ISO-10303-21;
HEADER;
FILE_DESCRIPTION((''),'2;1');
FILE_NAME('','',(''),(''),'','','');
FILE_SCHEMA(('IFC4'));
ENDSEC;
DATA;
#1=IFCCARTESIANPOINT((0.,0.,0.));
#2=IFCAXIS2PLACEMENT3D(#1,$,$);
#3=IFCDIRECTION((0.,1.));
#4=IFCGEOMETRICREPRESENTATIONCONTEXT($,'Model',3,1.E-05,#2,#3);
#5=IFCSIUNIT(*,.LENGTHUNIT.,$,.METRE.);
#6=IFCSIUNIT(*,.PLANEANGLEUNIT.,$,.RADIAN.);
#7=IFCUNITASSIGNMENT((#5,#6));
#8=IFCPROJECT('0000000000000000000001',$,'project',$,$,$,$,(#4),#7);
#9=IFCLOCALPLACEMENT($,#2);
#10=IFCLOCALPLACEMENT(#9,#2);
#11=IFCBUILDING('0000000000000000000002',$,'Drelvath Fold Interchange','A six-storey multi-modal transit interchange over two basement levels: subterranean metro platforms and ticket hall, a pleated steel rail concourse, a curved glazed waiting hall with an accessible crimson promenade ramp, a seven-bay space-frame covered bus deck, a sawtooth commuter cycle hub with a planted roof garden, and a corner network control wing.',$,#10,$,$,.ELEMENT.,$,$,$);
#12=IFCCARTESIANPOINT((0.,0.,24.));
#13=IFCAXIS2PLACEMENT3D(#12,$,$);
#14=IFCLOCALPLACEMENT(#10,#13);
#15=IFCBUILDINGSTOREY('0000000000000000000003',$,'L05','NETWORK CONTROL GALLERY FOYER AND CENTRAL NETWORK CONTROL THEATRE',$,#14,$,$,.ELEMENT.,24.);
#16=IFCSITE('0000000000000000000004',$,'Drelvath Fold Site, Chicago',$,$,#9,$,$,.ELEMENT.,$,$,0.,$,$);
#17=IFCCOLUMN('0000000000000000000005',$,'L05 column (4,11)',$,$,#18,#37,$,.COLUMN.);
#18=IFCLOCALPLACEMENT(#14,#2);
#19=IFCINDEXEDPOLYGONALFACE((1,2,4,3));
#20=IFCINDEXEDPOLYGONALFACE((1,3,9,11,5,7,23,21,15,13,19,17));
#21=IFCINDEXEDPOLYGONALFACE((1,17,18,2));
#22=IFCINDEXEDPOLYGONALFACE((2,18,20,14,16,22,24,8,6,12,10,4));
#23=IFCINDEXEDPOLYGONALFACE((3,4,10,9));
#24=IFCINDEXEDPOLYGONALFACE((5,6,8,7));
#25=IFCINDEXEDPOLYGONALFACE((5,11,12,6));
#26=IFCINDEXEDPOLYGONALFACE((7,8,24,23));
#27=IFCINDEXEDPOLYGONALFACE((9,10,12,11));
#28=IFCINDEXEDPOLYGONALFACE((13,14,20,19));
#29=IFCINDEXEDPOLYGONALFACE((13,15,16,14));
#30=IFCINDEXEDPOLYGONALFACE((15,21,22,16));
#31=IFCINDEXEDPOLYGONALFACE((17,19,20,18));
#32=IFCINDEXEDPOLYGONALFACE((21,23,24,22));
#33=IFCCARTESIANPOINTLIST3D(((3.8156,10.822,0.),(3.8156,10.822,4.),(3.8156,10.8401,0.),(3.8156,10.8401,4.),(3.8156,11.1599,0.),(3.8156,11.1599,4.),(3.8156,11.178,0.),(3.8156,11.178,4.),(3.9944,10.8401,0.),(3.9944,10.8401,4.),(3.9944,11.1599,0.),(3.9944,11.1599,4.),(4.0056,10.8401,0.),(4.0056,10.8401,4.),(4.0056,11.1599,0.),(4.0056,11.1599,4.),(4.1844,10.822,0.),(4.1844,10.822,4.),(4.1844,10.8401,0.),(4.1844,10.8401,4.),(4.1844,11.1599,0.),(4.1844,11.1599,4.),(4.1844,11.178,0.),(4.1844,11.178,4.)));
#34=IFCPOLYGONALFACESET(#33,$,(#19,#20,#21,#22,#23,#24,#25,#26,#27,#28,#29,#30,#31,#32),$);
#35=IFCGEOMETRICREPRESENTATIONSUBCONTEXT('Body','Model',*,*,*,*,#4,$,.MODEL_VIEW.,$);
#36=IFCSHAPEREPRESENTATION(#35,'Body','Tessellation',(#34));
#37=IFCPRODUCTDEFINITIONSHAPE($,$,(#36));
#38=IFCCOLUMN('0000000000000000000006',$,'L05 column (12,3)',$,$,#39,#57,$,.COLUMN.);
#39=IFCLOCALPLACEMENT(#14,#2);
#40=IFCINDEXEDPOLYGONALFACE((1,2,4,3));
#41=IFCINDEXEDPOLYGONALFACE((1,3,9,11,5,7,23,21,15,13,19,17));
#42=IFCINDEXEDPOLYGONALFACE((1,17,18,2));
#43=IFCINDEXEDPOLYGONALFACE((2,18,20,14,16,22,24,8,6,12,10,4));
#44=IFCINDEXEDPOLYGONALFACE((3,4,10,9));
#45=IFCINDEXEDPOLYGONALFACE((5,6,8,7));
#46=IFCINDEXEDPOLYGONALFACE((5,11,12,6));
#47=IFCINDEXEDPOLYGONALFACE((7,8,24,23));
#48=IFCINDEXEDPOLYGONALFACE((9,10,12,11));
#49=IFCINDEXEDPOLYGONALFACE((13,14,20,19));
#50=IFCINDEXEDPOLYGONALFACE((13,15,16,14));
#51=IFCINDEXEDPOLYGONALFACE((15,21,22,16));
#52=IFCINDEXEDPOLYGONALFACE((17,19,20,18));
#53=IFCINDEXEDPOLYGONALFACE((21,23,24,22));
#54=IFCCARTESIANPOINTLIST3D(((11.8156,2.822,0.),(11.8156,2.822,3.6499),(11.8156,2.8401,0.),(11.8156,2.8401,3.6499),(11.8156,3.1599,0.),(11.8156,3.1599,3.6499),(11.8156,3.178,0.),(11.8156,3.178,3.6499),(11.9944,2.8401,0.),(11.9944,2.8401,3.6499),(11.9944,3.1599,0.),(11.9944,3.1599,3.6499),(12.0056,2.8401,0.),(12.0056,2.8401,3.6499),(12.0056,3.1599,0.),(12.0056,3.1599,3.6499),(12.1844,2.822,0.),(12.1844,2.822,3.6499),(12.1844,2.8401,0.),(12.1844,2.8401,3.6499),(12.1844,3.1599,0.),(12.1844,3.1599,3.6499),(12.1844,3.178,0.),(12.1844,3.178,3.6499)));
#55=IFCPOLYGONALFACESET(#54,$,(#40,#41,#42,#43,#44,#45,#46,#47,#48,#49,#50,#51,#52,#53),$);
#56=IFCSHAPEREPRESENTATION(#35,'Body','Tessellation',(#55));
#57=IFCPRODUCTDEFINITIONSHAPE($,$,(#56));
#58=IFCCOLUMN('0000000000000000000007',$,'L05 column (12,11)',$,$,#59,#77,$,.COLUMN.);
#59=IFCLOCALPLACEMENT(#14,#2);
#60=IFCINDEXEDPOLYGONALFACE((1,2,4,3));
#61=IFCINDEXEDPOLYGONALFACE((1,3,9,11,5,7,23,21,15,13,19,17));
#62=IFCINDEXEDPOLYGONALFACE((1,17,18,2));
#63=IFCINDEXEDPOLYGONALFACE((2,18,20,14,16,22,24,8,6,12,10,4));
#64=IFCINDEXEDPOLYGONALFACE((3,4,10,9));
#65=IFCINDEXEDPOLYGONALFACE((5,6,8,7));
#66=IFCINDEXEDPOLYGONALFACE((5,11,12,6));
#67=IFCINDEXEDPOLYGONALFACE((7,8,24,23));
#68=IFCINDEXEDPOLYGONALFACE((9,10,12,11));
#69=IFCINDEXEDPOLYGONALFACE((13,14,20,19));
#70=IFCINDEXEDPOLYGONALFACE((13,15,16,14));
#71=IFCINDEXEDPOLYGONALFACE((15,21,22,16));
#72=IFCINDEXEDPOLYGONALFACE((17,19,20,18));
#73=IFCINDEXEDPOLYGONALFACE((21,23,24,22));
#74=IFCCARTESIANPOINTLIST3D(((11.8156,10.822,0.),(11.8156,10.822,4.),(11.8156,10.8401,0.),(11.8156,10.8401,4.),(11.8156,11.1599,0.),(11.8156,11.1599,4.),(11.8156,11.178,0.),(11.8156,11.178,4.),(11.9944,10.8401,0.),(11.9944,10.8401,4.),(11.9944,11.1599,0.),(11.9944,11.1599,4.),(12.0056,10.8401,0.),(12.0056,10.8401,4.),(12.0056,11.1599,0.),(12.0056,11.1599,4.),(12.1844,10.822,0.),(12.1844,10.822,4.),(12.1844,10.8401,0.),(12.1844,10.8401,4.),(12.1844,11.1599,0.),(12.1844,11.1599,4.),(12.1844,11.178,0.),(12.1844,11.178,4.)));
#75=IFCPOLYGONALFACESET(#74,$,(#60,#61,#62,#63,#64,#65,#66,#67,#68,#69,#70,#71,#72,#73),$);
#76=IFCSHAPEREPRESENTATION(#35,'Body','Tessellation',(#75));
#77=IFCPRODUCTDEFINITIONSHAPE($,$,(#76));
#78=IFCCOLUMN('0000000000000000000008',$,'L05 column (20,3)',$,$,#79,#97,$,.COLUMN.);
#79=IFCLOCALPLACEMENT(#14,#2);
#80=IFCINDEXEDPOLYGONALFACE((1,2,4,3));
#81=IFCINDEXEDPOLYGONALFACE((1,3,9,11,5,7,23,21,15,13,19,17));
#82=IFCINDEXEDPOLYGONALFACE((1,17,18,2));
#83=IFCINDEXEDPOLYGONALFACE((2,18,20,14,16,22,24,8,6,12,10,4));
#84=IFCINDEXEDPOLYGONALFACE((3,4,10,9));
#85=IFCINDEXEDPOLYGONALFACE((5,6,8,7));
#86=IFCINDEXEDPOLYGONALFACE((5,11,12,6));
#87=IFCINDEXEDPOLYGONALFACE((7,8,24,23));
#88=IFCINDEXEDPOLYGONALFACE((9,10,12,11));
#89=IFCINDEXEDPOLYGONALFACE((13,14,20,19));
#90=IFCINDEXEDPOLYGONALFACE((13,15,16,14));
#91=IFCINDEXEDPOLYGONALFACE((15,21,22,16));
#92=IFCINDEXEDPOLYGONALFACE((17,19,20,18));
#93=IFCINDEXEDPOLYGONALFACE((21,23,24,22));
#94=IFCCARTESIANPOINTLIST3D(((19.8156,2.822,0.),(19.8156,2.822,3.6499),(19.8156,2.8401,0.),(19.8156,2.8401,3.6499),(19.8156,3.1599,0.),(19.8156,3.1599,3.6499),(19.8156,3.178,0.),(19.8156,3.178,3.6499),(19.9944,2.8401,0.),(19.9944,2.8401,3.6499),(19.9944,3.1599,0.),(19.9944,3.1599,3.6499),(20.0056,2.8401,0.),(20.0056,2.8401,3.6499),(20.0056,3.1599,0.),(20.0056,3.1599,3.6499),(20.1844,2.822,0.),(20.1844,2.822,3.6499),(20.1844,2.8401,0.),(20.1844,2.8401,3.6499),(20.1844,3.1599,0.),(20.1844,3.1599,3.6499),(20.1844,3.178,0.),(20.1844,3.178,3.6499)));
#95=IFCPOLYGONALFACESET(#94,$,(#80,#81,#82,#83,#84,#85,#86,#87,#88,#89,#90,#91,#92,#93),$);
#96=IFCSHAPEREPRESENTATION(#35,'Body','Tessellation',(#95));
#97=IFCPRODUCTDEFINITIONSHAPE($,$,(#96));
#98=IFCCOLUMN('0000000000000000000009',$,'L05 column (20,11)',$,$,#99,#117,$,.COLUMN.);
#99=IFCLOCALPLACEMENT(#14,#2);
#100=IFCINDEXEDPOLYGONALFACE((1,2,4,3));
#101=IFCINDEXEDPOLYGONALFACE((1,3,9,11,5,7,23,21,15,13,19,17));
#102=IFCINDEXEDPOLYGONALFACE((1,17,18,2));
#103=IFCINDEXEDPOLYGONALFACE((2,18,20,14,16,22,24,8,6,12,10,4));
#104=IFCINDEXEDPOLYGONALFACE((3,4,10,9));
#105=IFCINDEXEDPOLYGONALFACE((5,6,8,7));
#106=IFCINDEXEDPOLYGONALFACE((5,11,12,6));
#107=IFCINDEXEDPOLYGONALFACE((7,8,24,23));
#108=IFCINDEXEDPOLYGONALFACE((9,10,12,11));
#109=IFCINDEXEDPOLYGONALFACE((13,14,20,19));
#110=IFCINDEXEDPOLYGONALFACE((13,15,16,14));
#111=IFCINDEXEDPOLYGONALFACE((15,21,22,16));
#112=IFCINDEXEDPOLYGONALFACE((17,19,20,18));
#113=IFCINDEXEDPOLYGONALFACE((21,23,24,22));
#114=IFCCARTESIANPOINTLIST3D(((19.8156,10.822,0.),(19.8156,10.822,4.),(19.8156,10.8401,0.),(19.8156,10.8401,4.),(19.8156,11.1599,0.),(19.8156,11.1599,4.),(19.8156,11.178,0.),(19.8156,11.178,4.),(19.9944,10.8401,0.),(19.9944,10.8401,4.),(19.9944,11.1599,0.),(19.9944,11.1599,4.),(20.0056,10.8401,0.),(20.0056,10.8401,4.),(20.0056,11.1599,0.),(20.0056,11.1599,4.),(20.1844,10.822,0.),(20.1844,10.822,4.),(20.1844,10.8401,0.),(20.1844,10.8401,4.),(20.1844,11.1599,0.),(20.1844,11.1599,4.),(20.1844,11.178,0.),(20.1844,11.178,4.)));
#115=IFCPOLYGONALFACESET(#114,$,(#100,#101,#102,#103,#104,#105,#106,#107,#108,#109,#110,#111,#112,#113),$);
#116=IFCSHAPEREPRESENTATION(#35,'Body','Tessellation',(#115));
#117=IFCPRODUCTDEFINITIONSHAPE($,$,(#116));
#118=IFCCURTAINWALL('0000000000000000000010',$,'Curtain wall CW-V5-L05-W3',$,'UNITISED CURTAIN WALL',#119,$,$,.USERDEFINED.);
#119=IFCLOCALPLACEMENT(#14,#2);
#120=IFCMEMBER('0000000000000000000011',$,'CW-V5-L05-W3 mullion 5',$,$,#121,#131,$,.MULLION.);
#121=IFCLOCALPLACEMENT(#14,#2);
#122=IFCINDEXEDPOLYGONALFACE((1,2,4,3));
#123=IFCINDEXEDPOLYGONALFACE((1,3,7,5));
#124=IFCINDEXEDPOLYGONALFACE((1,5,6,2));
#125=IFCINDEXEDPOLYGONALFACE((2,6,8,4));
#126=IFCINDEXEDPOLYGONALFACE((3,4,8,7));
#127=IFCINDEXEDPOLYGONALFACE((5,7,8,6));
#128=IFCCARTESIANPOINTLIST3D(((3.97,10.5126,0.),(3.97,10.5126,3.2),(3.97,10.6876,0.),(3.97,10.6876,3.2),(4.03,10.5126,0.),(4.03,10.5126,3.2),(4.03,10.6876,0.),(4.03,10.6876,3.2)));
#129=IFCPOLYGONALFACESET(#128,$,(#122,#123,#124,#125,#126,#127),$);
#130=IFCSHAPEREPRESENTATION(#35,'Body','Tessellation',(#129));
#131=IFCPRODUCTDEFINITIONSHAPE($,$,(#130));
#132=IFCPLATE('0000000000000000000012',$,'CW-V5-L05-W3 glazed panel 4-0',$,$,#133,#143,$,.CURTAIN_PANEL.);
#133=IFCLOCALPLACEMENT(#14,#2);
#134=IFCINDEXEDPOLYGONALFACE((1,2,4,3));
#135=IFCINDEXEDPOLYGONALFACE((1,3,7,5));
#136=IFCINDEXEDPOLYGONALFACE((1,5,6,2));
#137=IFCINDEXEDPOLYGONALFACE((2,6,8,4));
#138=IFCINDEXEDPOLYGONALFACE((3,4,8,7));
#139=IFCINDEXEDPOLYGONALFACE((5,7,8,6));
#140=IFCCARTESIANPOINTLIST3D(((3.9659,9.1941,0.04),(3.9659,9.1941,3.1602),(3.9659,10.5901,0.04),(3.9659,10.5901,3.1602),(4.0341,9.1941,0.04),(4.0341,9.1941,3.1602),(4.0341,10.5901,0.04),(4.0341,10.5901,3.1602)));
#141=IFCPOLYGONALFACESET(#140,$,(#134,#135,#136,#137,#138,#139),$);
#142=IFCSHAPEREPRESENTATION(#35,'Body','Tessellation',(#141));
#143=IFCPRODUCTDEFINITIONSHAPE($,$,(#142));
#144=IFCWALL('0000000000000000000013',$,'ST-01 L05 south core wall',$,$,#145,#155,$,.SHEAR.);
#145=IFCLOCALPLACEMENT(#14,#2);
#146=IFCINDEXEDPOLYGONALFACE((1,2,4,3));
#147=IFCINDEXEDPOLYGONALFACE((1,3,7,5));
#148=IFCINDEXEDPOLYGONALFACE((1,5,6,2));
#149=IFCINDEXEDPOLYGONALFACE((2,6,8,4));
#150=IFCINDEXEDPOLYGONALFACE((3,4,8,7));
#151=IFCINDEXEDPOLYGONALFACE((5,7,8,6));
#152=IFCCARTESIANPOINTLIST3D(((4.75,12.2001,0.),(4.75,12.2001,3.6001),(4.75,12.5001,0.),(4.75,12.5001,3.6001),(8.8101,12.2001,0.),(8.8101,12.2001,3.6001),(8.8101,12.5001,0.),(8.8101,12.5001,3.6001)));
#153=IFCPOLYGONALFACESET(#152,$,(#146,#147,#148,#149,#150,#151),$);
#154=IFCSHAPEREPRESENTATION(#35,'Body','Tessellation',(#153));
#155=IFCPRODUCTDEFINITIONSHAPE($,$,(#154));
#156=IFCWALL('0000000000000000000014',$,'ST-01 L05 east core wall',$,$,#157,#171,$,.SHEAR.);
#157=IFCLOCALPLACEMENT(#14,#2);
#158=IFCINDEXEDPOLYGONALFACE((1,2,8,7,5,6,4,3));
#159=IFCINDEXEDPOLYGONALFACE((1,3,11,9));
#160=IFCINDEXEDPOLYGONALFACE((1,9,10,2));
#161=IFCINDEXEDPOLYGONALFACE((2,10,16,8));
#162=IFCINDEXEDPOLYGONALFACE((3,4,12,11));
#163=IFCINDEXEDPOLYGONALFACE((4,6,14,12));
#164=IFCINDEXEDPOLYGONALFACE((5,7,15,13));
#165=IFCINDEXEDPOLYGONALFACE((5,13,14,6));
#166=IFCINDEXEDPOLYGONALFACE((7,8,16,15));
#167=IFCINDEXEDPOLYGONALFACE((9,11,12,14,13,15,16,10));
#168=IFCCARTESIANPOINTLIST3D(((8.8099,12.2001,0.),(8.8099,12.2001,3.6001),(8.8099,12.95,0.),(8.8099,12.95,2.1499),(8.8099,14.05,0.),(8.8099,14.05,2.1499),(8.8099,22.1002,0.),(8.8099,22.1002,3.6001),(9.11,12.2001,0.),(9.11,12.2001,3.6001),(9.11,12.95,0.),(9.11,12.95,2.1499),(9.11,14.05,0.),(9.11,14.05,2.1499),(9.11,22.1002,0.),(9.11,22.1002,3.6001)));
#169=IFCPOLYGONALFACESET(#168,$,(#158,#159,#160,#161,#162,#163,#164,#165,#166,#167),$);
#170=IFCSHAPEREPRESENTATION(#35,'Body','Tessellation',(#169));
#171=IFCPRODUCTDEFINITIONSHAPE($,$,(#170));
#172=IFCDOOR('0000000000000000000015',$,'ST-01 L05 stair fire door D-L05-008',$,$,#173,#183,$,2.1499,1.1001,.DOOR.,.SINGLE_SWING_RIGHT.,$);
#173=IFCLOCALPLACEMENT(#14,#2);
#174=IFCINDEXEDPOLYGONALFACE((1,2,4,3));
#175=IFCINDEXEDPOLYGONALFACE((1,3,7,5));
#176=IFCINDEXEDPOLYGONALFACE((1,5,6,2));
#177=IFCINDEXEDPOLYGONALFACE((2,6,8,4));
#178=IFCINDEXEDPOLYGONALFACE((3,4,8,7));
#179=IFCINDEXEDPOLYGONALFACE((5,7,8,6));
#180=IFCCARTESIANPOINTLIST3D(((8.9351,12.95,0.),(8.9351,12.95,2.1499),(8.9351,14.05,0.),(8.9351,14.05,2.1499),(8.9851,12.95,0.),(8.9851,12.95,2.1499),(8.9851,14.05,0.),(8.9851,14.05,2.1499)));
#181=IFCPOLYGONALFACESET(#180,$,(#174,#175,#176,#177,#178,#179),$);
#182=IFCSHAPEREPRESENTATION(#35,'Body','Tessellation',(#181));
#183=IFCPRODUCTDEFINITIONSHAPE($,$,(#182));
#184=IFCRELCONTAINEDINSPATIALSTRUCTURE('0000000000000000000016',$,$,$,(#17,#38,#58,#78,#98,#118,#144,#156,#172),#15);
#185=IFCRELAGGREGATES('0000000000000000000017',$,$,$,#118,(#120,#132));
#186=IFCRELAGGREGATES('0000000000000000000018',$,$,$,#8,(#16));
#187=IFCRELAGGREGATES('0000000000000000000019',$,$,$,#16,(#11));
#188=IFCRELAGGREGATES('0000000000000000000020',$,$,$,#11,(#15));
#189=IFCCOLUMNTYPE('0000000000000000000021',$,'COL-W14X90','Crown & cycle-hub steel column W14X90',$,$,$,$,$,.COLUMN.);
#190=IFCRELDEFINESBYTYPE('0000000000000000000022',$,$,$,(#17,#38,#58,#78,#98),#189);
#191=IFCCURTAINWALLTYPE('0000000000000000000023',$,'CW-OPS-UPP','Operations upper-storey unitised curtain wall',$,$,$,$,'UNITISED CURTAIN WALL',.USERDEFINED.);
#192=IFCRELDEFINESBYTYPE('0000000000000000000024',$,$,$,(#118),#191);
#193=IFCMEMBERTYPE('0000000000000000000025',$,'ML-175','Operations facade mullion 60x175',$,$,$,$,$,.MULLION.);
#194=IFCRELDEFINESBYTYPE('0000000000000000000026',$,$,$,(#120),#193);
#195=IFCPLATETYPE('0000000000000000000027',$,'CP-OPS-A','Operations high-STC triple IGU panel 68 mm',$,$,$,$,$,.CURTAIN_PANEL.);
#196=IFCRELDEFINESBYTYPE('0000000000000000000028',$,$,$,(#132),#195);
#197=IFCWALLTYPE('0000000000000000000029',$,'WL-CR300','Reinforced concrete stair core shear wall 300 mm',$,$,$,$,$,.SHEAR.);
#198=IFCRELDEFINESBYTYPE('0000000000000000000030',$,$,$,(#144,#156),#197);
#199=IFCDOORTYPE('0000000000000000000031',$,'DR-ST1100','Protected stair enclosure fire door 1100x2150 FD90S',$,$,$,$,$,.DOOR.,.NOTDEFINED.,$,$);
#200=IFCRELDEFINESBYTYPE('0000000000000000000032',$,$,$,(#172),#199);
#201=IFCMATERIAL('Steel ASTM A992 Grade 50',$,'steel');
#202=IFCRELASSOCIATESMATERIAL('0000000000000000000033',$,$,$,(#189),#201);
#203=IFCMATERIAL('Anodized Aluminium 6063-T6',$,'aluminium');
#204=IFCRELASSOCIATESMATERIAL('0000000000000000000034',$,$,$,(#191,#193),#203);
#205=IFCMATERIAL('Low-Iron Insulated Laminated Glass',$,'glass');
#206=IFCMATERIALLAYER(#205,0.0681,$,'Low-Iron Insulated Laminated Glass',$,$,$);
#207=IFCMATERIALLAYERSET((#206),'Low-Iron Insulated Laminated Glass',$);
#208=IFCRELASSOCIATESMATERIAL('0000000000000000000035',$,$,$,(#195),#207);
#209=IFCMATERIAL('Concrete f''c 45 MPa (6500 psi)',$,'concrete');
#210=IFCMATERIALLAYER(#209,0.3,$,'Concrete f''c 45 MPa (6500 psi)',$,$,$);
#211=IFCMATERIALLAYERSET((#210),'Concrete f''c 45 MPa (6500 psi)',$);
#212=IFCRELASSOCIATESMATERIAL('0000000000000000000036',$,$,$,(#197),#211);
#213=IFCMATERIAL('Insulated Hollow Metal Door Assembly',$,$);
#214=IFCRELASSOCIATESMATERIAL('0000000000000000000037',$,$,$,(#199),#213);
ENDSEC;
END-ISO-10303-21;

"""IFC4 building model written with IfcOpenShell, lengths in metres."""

from ifc_helpers import new_model, si_unit, direction, frame, frame_2d, origin, origin_2d, place, context, subcontext, project, spatial, rectangle, i_section, extrude, material, layer, layer_set, material_profile, profile_set, type_object, element, fill, aggregate, save


model = new_model("IFC4")

# Units and contexts
model_context = context("Model", 3, precision=1e-05, world=origin(), true_north=direction((0.0, 1.0)))
body_context = subcontext(model_context, "Body", "Model", "MODEL_VIEW")
ifc_project = project(units=[si_unit("LENGTHUNIT", "METRE"), si_unit("PLANEANGLEUNIT", "RADIAN")], contexts=[model_context])

# Site, building, storey
site_placement = place(None, origin())
site = spatial("IfcSite", under=ifc_project, at=site_placement, Name="Drelvath Fold Site, Chicago", CompositionType="ELEMENT", RefElevation=0.0)
building_placement = place(site_placement, origin())
building = spatial("IfcBuilding", under=site, at=building_placement, Name="Drelvath Fold Interchange", Description="A six-storey multi-modal transit interchange over two basement levels: subterranean metro platforms and ticket hall, a pleated steel rail concourse, a curved glazed waiting hall with an accessible crimson promenade ramp, a seven-bay space-frame covered bus deck, a sawtooth commuter cycle hub with a planted roof garden, and a corner network control wing.", CompositionType="ELEMENT")
storey_placement = place(building_placement, frame((0.0, 0.0, 24.0)))
storey = spatial("IfcBuildingStorey", under=building, at=storey_placement, Name="L05", Description="NETWORK CONTROL GALLERY FOYER AND CENTRAL NETWORK CONTROL THEATRE", CompositionType="ELEMENT", Elevation=24.0)

# Columns
ifc_material_1 = material(Name="Steel ASTM A992 Grade 50", Category="steel")
ifc_material_profile_1 = material_profile(ifc_material_1, i_section(OverallWidth=0.3689, OverallDepth=0.356, WebThickness=0.0112, FlangeThickness=0.0181, at=origin_2d()), Name="W14X90")
ifc_profile_set_1 = profile_set([ifc_material_profile_1], Name="Steel ASTM A992 Grade 50")
column_type = type_object("IfcColumnType", Name="COL-W14X90", Description="Crown & cycle-hub steel column W14X90", PredefinedType="COLUMN", material=ifc_profile_set_1)
column_1_placement = place(storey_placement, frame((4.0, 11.0, 0.0), z_axis=(0.0, 0.0, 1.0), x_axis=(1.0, 0.0, 0.0)))
element("IfcColumn", 1, at=column_1_placement, inside=storey, type_object=column_type, Name="L05 column (4,11)", PredefinedType="COLUMN", context=body_context, shape_type="SweptSolid", body=[
    extrude(i_section(OverallWidth=0.3689, OverallDepth=0.356, WebThickness=0.0112, FlangeThickness=0.0181, at=origin_2d()), origin(), (0.0, 0.0, 1.0), 4.0),
])
column_2_placement = place(storey_placement, frame((12.0, 3.0, 0.0), z_axis=(0.0, 0.0, 1.0), x_axis=(1.0, 0.0, 0.0)))
element("IfcColumn", 2, at=column_2_placement, inside=storey, type_object=column_type, Name="L05 column (12,3)", PredefinedType="COLUMN", context=body_context, shape_type="SweptSolid", body=[
    extrude(i_section(OverallWidth=0.3689, OverallDepth=0.356, WebThickness=0.0112, FlangeThickness=0.0181, at=origin_2d()), origin(), (0.0, 0.0, 1.0), 3.6499),
])
column_3_placement = place(storey_placement, frame((12.0, 11.0, 0.0), z_axis=(0.0, 0.0, 1.0), x_axis=(1.0, 0.0, 0.0)))
element("IfcColumn", 3, at=column_3_placement, inside=storey, type_object=column_type, Name="L05 column (12,11)", PredefinedType="COLUMN", context=body_context, shape_type="SweptSolid", body=[
    extrude(i_section(OverallWidth=0.3689, OverallDepth=0.356, WebThickness=0.0112, FlangeThickness=0.0181, at=origin_2d()), origin(), (0.0, 0.0, 1.0), 4.0),
])
column_4_placement = place(storey_placement, frame((20.0, 3.0, 0.0), z_axis=(0.0, 0.0, 1.0), x_axis=(1.0, 0.0, 0.0)))
element("IfcColumn", 4, at=column_4_placement, inside=storey, type_object=column_type, Name="L05 column (20,3)", PredefinedType="COLUMN", context=body_context, shape_type="SweptSolid", body=[
    extrude(i_section(OverallWidth=0.3689, OverallDepth=0.356, WebThickness=0.0112, FlangeThickness=0.0181, at=origin_2d()), origin(), (0.0, 0.0, 1.0), 3.6499),
])
column_5_placement = place(storey_placement, frame((20.0, 11.0, 0.0), z_axis=(0.0, 0.0, 1.0), x_axis=(1.0, 0.0, 0.0)))
element("IfcColumn", 5, at=column_5_placement, inside=storey, type_object=column_type, Name="L05 column (20,11)", PredefinedType="COLUMN", context=body_context, shape_type="SweptSolid", body=[
    extrude(i_section(OverallWidth=0.3689, OverallDepth=0.356, WebThickness=0.0112, FlangeThickness=0.0181, at=origin_2d()), origin(), (0.0, 0.0, 1.0), 4.0),
])

# Curtain wall, member, plate
ifc_material_2 = material(Name="Anodized Aluminium 6063-T6", Category="aluminium")
curtain_wall_type = type_object("IfcCurtainWallType", Name="CW-OPS-UPP", Description="Operations upper-storey unitised curtain wall", ElementType="UNITISED CURTAIN WALL", PredefinedType="USERDEFINED", material=ifc_material_2)
curtain_wall_placement = place(storey_placement, origin())
curtain_wall = element("IfcCurtainWall", 6, at=curtain_wall_placement, inside=storey, type_object=curtain_wall_type, Name="Curtain wall CW-V5-L05-W3", ObjectType="UNITISED CURTAIN WALL", PredefinedType="USERDEFINED")
ifc_material_profile_2 = material_profile(ifc_material_2, rectangle(XDim=0.0601, YDim=0.175, at=origin_2d()), Name="AL-M 60x175")
ifc_profile_set_2 = profile_set([ifc_material_profile_2], Name="Anodized Aluminium 6063-T6")
member_type = type_object("IfcMemberType", Name="ML-175", Description="Operations facade mullion 60x175", PredefinedType="MULLION", material=ifc_profile_set_2)
member_placement = place(storey_placement, frame((4.0, 10.6001, 0.0), z_axis=(0.0, 0.0, 1.0), x_axis=(1.0, 0.0, 0.0)))
member = element("IfcMember", 7, at=member_placement, type_object=member_type, Name="CW-V5-L05-W3 mullion 5", PredefinedType="MULLION", context=body_context, shape_type="SweptSolid", body=[
    extrude(rectangle(XDim=0.0601, YDim=0.175, at=origin_2d()), origin(), (0.0, 0.0, 1.0), 3.2),
])
ifc_material_3 = material(Name="Low-Iron Insulated Laminated Glass", Category="glass")
ifc_layer_1 = layer(ifc_material_3, 0.0681, Name="Low-Iron Insulated Laminated Glass")
ifc_layer_set_1 = layer_set([ifc_layer_1], Name="Low-Iron Insulated Laminated Glass")
plate_type = type_object("IfcPlateType", Name="CP-OPS-A", Description="Operations high-STC triple IGU panel 68 mm", PredefinedType="CURTAIN_PANEL", material=ifc_layer_set_1)
plate_placement = place(storey_placement, frame((4.0, 9.8921, 0.04), z_axis=(0.0, 0.0, 1.0), x_axis=(0.0, 1.0, 0.0)))
plate = element("IfcPlate", 8, at=plate_placement, type_object=plate_type, Name="CW-V5-L05-W3 glazed panel 4-0", PredefinedType="CURTAIN_PANEL", context=body_context, shape_type="SweptSolid", body=[
    extrude(rectangle(XDim=1.396, YDim=0.0681, at=origin_2d()), origin(), (0.0, 0.0, 1.0), 3.1201),
])
aggregate(curtain_wall, [member, plate])

# Wall
ifc_material_4 = material(Name="Concrete f'c 45 MPa (6500 psi)", Category="concrete")
ifc_layer_2 = layer(ifc_material_4, 0.3, Name="Concrete f'c 45 MPa (6500 psi)")
ifc_layer_set_2 = layer_set([ifc_layer_2], Name="Concrete f'c 45 MPa (6500 psi)")
wall_type_1 = type_object("IfcWallType", Name="WL-CR300", Description="Reinforced concrete stair core shear wall 300 mm", PredefinedType="SHEAR", material=ifc_layer_set_2)
wall_1_placement = place(storey_placement, frame((4.75, 12.3501, 0.0), z_axis=(0.0, 0.0, 1.0), x_axis=(1.0, 0.0, 0.0)))
element("IfcWall", 9, at=wall_1_placement, inside=storey, type_object=wall_type_1, Name="ST-01 L05 south core wall", PredefinedType="SHEAR", context=body_context, shape_type="SweptSolid", body=[
    extrude(rectangle(XDim=4.0601, YDim=0.3, at=frame_2d((2.03, 0.0))), origin(), (0.0, 0.0, 1.0), 3.6001),
])

# Wall, opening, door
wall_2_placement = place(storey_placement, frame((8.96, 12.2, 0.0), z_axis=(0.0, 0.0, 1.0), x_axis=(0.0, 1.0, 0.0)))
wall_2 = element("IfcWall", 10, at=wall_2_placement, inside=storey, type_object=wall_type_1, Name="ST-01 L05 east core wall", PredefinedType="SHEAR", context=body_context, shape_type="SweptSolid", body=[
    extrude(rectangle(XDim=9.9001, YDim=0.3, at=frame_2d((4.9502, 0.0))), origin(), (0.0, 0.0, 1.0), 3.6001),
])
opening_1_placement = place(wall_2_placement, frame((0.75, 0.0, 0.0)))
opening_1 = element("IfcOpeningElement", 11, at=opening_1_placement, cuts=wall_2, PredefinedType="OPENING", context=body_context, shape_type="SweptSolid", body=[
    extrude(rectangle(XDim=1.1001, YDim=2.1499, at=frame_2d((0.55, 1.075))), frame((0.0, 0.1599, 0.0), z_axis=(0.0, -1.0, 0.0), x_axis=(1.0, 0.0, 0.0)), (0.0, 0.0, 1.0), 0.3201),
])
ifc_material_5 = material(Name="Insulated Hollow Metal Door Assembly")
door_type_1 = type_object("IfcDoorType", Name="DR-ST1100", Description="Protected stair enclosure fire door 1100x2150 FD90S", OperationType="NOTDEFINED", PredefinedType="DOOR", material=ifc_material_5)
door_1_placement = place(opening_1_placement, origin())
door_1 = element("IfcDoor", 12, at=door_1_placement, inside=storey, type_object=door_type_1, Name="ST-01 L05 stair fire door D-L05-008", OperationType="SINGLE_SWING_RIGHT", OverallHeight=2.1499, OverallWidth=1.1001, PredefinedType="DOOR", context=body_context, shape_type="SweptSolid", body=[
    extrude(rectangle(XDim=1.1001, YDim=2.1499, at=frame_2d((0.55, 1.075))), frame((0.0, 0.0249, 0.0), z_axis=(0.0, -1.0, 0.0), x_axis=(1.0, 0.0, 0.0)), (0.0, 0.0, 1.0), 0.05),
])
fill(opening_1, door_1)

save(model, "model.ifc")
